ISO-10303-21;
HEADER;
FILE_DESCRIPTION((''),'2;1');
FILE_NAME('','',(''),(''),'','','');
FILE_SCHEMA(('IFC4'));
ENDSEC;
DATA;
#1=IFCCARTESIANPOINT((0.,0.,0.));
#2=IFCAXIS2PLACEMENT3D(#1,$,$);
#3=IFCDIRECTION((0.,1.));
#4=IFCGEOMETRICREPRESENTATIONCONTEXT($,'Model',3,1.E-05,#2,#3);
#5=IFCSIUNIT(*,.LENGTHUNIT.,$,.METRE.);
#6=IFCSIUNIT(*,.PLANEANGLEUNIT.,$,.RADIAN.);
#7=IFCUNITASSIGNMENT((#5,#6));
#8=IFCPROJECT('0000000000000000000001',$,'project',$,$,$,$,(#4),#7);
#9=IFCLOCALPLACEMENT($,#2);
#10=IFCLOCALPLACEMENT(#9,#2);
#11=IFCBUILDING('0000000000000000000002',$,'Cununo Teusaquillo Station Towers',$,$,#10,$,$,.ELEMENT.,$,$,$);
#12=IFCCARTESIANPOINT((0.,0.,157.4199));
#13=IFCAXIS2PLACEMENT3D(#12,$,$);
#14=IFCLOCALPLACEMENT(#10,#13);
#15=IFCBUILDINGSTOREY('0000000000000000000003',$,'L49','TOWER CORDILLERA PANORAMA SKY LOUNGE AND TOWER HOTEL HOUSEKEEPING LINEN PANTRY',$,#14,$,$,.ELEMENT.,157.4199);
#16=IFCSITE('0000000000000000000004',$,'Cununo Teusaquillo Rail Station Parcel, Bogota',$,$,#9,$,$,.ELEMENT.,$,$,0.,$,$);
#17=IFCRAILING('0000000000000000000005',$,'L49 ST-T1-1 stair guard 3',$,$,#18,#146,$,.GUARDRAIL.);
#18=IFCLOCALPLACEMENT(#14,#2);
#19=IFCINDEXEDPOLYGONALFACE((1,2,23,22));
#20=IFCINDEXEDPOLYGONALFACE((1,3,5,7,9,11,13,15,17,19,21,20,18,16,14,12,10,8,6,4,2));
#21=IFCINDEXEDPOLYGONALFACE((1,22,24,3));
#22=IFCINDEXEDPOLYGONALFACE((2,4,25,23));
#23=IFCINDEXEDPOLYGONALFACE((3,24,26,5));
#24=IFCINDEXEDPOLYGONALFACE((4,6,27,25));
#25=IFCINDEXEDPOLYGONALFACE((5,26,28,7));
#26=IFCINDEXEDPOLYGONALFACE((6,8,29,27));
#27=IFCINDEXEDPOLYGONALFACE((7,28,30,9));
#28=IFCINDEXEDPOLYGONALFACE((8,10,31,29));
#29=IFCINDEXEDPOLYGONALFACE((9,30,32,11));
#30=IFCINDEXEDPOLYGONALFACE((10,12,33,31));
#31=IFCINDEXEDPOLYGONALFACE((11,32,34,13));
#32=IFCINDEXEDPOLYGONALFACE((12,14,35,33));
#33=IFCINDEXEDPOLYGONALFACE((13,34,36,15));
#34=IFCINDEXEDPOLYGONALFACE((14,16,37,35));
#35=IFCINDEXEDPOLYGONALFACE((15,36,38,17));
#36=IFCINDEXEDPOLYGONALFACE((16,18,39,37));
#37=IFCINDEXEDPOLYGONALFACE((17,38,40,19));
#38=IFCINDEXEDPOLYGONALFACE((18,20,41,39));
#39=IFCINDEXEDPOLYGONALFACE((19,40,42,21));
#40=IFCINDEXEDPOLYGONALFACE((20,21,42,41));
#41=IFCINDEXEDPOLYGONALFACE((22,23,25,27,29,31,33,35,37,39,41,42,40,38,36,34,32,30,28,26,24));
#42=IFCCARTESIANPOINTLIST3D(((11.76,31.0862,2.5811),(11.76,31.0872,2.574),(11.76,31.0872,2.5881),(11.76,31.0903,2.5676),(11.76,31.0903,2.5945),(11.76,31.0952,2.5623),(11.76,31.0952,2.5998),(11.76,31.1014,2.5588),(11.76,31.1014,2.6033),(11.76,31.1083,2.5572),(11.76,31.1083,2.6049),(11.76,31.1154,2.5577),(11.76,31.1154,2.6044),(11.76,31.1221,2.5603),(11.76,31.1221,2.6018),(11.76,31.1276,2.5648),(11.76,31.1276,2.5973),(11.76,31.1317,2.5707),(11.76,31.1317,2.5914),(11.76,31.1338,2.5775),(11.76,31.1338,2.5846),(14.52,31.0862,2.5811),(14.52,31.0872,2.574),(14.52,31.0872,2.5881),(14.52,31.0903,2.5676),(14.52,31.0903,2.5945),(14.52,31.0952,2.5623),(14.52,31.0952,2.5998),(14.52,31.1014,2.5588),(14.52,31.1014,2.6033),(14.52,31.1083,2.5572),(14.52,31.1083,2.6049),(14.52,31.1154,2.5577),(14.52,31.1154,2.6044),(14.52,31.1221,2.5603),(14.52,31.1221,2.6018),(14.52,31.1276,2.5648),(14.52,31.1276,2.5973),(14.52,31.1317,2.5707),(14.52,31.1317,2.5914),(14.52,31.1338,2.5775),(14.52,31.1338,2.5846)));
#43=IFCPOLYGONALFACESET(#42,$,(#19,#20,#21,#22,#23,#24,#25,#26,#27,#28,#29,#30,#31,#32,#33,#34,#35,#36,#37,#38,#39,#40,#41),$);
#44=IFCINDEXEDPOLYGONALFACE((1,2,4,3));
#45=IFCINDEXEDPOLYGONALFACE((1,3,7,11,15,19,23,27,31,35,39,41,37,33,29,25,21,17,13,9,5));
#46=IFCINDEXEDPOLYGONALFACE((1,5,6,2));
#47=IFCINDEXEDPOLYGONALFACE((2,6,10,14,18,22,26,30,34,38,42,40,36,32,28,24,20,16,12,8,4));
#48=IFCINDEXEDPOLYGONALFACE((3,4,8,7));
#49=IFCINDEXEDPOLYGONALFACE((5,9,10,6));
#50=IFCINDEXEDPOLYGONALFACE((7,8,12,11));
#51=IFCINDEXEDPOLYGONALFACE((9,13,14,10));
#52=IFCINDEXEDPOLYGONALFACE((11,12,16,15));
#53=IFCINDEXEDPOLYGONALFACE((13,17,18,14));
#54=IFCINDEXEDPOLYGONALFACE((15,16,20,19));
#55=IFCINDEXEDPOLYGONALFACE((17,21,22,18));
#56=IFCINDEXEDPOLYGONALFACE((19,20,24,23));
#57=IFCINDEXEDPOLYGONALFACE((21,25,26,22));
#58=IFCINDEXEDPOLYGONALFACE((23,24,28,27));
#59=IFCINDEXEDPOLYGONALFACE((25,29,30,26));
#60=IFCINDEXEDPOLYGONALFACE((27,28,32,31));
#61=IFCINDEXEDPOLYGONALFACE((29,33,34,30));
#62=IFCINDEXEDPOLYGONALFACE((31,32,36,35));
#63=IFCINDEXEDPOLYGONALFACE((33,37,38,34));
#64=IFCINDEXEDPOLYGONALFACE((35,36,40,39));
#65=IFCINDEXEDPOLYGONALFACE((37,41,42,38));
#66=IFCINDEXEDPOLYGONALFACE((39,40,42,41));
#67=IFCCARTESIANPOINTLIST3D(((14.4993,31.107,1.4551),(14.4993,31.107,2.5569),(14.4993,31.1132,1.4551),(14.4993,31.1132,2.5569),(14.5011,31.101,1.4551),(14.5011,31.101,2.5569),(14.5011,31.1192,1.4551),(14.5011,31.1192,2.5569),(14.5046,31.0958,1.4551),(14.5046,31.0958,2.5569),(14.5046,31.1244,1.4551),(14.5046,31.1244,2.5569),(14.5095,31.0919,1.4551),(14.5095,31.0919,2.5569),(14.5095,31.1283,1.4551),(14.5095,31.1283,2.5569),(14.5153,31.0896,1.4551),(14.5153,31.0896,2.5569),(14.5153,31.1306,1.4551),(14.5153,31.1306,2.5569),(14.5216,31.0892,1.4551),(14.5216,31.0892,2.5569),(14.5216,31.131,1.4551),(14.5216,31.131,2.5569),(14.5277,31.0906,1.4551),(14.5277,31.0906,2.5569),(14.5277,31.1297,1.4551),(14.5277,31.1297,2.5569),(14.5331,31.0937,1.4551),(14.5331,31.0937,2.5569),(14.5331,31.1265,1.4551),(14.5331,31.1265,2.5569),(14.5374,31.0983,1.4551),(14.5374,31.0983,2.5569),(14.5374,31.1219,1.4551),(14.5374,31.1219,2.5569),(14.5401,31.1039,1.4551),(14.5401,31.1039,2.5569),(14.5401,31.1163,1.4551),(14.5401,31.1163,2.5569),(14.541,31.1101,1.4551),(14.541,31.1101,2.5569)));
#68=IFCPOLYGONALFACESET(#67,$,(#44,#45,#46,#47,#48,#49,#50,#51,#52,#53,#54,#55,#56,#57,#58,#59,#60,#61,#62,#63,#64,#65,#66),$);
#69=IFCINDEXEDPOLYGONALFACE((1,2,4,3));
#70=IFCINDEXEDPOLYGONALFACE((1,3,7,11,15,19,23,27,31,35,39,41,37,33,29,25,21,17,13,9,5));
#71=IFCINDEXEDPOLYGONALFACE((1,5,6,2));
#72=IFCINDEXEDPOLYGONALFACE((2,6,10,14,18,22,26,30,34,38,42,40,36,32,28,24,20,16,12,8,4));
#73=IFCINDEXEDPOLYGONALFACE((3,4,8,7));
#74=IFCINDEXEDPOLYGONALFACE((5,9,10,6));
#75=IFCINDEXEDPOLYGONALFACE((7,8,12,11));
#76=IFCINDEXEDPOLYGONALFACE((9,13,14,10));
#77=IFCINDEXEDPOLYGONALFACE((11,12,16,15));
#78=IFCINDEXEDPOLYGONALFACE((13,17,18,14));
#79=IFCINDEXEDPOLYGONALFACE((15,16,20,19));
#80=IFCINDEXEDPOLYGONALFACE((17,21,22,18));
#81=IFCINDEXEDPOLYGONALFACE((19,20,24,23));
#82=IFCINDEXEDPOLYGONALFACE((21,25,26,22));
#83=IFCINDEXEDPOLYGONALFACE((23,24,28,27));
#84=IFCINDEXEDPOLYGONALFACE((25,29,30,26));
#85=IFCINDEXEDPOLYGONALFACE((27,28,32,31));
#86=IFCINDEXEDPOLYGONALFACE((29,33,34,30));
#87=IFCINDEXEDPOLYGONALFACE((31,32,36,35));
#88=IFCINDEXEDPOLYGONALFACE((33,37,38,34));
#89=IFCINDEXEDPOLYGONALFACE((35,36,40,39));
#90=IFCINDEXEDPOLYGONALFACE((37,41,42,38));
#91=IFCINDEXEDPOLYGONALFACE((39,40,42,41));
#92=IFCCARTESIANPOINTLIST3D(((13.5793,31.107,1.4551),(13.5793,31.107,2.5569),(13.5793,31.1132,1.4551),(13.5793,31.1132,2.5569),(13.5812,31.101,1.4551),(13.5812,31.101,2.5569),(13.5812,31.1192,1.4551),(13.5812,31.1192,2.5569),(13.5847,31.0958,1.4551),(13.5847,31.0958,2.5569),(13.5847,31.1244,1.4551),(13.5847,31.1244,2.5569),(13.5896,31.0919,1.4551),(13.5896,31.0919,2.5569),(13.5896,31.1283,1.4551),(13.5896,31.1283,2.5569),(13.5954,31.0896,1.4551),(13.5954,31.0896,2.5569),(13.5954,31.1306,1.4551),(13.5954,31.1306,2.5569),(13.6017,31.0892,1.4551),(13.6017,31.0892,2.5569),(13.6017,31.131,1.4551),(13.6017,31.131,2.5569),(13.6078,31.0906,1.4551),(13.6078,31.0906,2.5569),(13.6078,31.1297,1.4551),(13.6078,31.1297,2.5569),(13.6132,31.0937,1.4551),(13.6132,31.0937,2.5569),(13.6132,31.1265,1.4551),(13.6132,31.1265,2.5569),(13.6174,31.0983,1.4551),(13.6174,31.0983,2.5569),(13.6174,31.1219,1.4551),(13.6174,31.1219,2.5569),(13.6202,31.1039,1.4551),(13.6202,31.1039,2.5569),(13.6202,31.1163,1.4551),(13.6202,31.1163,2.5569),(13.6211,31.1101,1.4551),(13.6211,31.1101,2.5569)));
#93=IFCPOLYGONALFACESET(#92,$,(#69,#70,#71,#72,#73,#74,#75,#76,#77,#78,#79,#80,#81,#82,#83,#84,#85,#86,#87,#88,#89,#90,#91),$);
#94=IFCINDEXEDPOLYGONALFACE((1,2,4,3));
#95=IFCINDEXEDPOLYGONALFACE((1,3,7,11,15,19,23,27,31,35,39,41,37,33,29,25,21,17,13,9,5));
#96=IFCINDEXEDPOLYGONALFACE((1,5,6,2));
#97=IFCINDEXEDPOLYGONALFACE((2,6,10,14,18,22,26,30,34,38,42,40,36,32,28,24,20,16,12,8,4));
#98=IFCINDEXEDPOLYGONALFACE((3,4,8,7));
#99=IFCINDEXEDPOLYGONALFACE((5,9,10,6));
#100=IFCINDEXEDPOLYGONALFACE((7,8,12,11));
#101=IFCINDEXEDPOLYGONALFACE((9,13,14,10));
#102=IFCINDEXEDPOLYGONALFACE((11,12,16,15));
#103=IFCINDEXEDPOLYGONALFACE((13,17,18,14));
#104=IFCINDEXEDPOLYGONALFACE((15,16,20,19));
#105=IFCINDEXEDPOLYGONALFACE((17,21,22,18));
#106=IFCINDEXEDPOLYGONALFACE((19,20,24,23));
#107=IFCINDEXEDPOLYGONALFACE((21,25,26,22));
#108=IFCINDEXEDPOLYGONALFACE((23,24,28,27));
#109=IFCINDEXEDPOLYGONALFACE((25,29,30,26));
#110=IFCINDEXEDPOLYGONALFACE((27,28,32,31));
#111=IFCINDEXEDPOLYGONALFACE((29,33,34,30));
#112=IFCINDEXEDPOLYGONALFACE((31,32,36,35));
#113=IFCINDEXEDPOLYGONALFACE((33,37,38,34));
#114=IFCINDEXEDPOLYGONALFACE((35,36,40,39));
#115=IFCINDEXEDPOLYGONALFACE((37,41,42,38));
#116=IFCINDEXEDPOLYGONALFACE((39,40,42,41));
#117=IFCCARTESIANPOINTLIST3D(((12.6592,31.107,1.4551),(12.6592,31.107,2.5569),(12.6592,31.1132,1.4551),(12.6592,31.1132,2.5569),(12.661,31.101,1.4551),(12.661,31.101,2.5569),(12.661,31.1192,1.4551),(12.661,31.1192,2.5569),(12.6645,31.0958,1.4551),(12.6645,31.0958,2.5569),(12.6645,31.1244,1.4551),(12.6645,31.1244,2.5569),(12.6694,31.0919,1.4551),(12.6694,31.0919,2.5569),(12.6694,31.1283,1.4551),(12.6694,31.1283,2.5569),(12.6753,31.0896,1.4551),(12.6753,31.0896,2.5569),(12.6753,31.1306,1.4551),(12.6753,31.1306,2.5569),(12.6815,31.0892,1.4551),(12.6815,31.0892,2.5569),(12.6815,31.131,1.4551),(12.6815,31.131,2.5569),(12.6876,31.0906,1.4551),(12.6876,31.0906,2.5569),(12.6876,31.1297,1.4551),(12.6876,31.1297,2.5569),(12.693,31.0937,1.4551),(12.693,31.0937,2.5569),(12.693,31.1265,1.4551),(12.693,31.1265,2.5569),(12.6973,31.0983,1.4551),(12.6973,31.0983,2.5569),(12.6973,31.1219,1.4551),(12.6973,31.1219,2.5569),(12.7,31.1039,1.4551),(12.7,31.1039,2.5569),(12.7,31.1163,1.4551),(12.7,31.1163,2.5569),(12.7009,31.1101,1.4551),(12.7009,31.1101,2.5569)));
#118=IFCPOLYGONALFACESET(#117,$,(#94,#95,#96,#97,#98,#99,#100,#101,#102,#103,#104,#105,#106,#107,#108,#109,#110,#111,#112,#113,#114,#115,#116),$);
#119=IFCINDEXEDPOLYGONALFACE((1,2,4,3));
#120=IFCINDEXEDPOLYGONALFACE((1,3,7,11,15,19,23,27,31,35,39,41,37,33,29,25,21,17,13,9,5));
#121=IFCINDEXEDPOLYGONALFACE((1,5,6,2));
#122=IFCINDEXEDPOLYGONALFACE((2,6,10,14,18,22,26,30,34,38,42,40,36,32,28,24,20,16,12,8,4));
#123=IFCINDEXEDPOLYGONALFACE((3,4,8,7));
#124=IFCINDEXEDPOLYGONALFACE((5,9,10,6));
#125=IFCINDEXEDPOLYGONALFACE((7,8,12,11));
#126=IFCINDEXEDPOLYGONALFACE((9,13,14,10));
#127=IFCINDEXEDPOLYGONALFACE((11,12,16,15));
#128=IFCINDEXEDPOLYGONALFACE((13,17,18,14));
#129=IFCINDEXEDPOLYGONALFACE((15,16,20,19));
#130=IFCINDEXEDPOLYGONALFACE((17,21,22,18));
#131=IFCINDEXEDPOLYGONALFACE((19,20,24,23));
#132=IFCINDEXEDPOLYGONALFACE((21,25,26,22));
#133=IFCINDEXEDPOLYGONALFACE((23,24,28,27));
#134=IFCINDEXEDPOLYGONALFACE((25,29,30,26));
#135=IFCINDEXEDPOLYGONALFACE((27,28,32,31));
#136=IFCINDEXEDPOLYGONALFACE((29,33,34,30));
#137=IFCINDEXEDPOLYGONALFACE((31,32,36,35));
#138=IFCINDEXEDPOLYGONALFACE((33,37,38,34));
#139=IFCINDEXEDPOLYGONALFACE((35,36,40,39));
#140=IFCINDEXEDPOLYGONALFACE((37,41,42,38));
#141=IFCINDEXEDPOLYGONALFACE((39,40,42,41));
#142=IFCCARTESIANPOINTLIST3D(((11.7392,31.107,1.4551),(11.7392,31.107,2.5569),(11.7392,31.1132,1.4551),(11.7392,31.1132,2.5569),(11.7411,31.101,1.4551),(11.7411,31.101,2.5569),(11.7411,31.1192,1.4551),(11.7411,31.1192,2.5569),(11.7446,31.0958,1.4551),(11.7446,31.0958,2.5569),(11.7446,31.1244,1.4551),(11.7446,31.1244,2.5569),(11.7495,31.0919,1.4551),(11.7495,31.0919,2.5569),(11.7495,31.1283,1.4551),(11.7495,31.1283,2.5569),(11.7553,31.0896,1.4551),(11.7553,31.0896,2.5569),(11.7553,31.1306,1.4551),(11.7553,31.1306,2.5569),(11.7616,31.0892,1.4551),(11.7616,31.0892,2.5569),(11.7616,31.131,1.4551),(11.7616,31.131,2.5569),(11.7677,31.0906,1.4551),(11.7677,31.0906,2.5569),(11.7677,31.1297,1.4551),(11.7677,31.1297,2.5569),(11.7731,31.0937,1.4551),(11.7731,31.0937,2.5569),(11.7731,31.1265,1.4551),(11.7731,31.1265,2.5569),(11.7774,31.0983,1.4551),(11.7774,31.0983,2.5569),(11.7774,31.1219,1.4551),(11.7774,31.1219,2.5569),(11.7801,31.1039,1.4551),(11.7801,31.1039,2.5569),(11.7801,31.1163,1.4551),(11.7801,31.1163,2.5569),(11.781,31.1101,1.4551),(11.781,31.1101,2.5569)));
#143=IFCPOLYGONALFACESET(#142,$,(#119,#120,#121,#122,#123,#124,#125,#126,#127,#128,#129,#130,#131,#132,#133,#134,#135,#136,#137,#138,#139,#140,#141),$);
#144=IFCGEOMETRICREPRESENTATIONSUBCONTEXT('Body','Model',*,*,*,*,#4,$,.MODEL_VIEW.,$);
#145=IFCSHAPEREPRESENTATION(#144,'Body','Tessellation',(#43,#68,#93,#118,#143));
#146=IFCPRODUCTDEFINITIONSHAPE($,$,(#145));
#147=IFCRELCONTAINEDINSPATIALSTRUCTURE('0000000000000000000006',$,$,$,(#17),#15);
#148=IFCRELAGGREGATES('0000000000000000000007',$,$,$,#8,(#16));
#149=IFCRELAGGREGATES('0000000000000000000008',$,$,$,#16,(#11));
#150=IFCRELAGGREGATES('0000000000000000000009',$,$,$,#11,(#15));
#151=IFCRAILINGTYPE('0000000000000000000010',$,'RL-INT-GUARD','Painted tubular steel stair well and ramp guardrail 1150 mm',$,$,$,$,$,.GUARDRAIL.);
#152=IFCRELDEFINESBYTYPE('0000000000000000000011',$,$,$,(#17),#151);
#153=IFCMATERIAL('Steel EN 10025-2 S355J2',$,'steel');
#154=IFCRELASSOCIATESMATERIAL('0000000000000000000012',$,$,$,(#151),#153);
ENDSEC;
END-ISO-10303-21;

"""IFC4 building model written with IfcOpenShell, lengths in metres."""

from ifc_helpers import new_model, si_unit, direction, frame, origin, origin_2d, place, context, subcontext, project, spatial, circle, extrude, material, type_object, element, save


model = new_model("IFC4")

# Units and contexts
model_context = context("Model", 3, precision=1e-05, world=origin(), true_north=direction((0.0, 1.0)))
body_context = subcontext(model_context, "Body", "Model", "MODEL_VIEW")
ifc_project = project(units=[si_unit("LENGTHUNIT", "METRE"), si_unit("PLANEANGLEUNIT", "RADIAN")], contexts=[model_context])

# Site, building, storey
site_placement = place(None, origin())
site = spatial("IfcSite", under=ifc_project, at=site_placement, Name="Cununo Teusaquillo Rail Station Parcel, Bogota", CompositionType="ELEMENT", RefElevation=0.0)
building_placement = place(site_placement, origin())
building = spatial("IfcBuilding", under=site, at=building_placement, Name="Cununo Teusaquillo Station Towers", CompositionType="ELEMENT")
storey_placement = place(building_placement, frame((0.0, 0.0, 157.4199)))
storey = spatial("IfcBuildingStorey", under=building, at=storey_placement, Name="L49", Description="TOWER CORDILLERA PANORAMA SKY LOUNGE AND TOWER HOTEL HOUSEKEEPING LINEN PANTRY", CompositionType="ELEMENT", Elevation=157.4199)

# Railing
ifc_material_1 = material(Name="Steel EN 10025-2 S355J2", Category="steel")
railing_type_1 = type_object("IfcRailingType", Name="RL-INT-GUARD", Description="Painted tubular steel stair well and ramp guardrail 1150 mm", PredefinedType="GUARDRAIL", material=ifc_material_1)
railing_1_placement = place(storey_placement, frame((14.52, 31.1101, 1.4551)))
element("IfcRailing", 1, at=railing_1_placement, inside=storey, type_object=railing_type_1, Name="L49 ST-T1-1 stair guard 3", PredefinedType="GUARDRAIL", context=body_context, shape_type="SweptSolid", body=[
    extrude(circle(Radius=0.0239, at=origin_2d()), frame((0.0, 0.0, 1.126), z_axis=(-1.0, 0.0, 0.0), x_axis=(0.0, -1.0, 0.0)), (0.0, 0.0, 1.0), 2.76),
    extrude(circle(Radius=0.021, at=origin_2d()), origin(), (0.0, 0.0, 1.0), 1.1018),
    extrude(circle(Radius=0.021, at=origin_2d()), frame((-0.9199, 0.0, 0.0)), (0.0, 0.0, 1.0), 1.1018),
    extrude(circle(Radius=0.021, at=origin_2d()), frame((-1.8401, 0.0, 0.0)), (0.0, 0.0, 1.0), 1.1018),
    extrude(circle(Radius=0.021, at=origin_2d()), frame((-2.76, 0.0, 0.0)), (0.0, 0.0, 1.0), 1.1018),
])

save(model, "model.ifc")
